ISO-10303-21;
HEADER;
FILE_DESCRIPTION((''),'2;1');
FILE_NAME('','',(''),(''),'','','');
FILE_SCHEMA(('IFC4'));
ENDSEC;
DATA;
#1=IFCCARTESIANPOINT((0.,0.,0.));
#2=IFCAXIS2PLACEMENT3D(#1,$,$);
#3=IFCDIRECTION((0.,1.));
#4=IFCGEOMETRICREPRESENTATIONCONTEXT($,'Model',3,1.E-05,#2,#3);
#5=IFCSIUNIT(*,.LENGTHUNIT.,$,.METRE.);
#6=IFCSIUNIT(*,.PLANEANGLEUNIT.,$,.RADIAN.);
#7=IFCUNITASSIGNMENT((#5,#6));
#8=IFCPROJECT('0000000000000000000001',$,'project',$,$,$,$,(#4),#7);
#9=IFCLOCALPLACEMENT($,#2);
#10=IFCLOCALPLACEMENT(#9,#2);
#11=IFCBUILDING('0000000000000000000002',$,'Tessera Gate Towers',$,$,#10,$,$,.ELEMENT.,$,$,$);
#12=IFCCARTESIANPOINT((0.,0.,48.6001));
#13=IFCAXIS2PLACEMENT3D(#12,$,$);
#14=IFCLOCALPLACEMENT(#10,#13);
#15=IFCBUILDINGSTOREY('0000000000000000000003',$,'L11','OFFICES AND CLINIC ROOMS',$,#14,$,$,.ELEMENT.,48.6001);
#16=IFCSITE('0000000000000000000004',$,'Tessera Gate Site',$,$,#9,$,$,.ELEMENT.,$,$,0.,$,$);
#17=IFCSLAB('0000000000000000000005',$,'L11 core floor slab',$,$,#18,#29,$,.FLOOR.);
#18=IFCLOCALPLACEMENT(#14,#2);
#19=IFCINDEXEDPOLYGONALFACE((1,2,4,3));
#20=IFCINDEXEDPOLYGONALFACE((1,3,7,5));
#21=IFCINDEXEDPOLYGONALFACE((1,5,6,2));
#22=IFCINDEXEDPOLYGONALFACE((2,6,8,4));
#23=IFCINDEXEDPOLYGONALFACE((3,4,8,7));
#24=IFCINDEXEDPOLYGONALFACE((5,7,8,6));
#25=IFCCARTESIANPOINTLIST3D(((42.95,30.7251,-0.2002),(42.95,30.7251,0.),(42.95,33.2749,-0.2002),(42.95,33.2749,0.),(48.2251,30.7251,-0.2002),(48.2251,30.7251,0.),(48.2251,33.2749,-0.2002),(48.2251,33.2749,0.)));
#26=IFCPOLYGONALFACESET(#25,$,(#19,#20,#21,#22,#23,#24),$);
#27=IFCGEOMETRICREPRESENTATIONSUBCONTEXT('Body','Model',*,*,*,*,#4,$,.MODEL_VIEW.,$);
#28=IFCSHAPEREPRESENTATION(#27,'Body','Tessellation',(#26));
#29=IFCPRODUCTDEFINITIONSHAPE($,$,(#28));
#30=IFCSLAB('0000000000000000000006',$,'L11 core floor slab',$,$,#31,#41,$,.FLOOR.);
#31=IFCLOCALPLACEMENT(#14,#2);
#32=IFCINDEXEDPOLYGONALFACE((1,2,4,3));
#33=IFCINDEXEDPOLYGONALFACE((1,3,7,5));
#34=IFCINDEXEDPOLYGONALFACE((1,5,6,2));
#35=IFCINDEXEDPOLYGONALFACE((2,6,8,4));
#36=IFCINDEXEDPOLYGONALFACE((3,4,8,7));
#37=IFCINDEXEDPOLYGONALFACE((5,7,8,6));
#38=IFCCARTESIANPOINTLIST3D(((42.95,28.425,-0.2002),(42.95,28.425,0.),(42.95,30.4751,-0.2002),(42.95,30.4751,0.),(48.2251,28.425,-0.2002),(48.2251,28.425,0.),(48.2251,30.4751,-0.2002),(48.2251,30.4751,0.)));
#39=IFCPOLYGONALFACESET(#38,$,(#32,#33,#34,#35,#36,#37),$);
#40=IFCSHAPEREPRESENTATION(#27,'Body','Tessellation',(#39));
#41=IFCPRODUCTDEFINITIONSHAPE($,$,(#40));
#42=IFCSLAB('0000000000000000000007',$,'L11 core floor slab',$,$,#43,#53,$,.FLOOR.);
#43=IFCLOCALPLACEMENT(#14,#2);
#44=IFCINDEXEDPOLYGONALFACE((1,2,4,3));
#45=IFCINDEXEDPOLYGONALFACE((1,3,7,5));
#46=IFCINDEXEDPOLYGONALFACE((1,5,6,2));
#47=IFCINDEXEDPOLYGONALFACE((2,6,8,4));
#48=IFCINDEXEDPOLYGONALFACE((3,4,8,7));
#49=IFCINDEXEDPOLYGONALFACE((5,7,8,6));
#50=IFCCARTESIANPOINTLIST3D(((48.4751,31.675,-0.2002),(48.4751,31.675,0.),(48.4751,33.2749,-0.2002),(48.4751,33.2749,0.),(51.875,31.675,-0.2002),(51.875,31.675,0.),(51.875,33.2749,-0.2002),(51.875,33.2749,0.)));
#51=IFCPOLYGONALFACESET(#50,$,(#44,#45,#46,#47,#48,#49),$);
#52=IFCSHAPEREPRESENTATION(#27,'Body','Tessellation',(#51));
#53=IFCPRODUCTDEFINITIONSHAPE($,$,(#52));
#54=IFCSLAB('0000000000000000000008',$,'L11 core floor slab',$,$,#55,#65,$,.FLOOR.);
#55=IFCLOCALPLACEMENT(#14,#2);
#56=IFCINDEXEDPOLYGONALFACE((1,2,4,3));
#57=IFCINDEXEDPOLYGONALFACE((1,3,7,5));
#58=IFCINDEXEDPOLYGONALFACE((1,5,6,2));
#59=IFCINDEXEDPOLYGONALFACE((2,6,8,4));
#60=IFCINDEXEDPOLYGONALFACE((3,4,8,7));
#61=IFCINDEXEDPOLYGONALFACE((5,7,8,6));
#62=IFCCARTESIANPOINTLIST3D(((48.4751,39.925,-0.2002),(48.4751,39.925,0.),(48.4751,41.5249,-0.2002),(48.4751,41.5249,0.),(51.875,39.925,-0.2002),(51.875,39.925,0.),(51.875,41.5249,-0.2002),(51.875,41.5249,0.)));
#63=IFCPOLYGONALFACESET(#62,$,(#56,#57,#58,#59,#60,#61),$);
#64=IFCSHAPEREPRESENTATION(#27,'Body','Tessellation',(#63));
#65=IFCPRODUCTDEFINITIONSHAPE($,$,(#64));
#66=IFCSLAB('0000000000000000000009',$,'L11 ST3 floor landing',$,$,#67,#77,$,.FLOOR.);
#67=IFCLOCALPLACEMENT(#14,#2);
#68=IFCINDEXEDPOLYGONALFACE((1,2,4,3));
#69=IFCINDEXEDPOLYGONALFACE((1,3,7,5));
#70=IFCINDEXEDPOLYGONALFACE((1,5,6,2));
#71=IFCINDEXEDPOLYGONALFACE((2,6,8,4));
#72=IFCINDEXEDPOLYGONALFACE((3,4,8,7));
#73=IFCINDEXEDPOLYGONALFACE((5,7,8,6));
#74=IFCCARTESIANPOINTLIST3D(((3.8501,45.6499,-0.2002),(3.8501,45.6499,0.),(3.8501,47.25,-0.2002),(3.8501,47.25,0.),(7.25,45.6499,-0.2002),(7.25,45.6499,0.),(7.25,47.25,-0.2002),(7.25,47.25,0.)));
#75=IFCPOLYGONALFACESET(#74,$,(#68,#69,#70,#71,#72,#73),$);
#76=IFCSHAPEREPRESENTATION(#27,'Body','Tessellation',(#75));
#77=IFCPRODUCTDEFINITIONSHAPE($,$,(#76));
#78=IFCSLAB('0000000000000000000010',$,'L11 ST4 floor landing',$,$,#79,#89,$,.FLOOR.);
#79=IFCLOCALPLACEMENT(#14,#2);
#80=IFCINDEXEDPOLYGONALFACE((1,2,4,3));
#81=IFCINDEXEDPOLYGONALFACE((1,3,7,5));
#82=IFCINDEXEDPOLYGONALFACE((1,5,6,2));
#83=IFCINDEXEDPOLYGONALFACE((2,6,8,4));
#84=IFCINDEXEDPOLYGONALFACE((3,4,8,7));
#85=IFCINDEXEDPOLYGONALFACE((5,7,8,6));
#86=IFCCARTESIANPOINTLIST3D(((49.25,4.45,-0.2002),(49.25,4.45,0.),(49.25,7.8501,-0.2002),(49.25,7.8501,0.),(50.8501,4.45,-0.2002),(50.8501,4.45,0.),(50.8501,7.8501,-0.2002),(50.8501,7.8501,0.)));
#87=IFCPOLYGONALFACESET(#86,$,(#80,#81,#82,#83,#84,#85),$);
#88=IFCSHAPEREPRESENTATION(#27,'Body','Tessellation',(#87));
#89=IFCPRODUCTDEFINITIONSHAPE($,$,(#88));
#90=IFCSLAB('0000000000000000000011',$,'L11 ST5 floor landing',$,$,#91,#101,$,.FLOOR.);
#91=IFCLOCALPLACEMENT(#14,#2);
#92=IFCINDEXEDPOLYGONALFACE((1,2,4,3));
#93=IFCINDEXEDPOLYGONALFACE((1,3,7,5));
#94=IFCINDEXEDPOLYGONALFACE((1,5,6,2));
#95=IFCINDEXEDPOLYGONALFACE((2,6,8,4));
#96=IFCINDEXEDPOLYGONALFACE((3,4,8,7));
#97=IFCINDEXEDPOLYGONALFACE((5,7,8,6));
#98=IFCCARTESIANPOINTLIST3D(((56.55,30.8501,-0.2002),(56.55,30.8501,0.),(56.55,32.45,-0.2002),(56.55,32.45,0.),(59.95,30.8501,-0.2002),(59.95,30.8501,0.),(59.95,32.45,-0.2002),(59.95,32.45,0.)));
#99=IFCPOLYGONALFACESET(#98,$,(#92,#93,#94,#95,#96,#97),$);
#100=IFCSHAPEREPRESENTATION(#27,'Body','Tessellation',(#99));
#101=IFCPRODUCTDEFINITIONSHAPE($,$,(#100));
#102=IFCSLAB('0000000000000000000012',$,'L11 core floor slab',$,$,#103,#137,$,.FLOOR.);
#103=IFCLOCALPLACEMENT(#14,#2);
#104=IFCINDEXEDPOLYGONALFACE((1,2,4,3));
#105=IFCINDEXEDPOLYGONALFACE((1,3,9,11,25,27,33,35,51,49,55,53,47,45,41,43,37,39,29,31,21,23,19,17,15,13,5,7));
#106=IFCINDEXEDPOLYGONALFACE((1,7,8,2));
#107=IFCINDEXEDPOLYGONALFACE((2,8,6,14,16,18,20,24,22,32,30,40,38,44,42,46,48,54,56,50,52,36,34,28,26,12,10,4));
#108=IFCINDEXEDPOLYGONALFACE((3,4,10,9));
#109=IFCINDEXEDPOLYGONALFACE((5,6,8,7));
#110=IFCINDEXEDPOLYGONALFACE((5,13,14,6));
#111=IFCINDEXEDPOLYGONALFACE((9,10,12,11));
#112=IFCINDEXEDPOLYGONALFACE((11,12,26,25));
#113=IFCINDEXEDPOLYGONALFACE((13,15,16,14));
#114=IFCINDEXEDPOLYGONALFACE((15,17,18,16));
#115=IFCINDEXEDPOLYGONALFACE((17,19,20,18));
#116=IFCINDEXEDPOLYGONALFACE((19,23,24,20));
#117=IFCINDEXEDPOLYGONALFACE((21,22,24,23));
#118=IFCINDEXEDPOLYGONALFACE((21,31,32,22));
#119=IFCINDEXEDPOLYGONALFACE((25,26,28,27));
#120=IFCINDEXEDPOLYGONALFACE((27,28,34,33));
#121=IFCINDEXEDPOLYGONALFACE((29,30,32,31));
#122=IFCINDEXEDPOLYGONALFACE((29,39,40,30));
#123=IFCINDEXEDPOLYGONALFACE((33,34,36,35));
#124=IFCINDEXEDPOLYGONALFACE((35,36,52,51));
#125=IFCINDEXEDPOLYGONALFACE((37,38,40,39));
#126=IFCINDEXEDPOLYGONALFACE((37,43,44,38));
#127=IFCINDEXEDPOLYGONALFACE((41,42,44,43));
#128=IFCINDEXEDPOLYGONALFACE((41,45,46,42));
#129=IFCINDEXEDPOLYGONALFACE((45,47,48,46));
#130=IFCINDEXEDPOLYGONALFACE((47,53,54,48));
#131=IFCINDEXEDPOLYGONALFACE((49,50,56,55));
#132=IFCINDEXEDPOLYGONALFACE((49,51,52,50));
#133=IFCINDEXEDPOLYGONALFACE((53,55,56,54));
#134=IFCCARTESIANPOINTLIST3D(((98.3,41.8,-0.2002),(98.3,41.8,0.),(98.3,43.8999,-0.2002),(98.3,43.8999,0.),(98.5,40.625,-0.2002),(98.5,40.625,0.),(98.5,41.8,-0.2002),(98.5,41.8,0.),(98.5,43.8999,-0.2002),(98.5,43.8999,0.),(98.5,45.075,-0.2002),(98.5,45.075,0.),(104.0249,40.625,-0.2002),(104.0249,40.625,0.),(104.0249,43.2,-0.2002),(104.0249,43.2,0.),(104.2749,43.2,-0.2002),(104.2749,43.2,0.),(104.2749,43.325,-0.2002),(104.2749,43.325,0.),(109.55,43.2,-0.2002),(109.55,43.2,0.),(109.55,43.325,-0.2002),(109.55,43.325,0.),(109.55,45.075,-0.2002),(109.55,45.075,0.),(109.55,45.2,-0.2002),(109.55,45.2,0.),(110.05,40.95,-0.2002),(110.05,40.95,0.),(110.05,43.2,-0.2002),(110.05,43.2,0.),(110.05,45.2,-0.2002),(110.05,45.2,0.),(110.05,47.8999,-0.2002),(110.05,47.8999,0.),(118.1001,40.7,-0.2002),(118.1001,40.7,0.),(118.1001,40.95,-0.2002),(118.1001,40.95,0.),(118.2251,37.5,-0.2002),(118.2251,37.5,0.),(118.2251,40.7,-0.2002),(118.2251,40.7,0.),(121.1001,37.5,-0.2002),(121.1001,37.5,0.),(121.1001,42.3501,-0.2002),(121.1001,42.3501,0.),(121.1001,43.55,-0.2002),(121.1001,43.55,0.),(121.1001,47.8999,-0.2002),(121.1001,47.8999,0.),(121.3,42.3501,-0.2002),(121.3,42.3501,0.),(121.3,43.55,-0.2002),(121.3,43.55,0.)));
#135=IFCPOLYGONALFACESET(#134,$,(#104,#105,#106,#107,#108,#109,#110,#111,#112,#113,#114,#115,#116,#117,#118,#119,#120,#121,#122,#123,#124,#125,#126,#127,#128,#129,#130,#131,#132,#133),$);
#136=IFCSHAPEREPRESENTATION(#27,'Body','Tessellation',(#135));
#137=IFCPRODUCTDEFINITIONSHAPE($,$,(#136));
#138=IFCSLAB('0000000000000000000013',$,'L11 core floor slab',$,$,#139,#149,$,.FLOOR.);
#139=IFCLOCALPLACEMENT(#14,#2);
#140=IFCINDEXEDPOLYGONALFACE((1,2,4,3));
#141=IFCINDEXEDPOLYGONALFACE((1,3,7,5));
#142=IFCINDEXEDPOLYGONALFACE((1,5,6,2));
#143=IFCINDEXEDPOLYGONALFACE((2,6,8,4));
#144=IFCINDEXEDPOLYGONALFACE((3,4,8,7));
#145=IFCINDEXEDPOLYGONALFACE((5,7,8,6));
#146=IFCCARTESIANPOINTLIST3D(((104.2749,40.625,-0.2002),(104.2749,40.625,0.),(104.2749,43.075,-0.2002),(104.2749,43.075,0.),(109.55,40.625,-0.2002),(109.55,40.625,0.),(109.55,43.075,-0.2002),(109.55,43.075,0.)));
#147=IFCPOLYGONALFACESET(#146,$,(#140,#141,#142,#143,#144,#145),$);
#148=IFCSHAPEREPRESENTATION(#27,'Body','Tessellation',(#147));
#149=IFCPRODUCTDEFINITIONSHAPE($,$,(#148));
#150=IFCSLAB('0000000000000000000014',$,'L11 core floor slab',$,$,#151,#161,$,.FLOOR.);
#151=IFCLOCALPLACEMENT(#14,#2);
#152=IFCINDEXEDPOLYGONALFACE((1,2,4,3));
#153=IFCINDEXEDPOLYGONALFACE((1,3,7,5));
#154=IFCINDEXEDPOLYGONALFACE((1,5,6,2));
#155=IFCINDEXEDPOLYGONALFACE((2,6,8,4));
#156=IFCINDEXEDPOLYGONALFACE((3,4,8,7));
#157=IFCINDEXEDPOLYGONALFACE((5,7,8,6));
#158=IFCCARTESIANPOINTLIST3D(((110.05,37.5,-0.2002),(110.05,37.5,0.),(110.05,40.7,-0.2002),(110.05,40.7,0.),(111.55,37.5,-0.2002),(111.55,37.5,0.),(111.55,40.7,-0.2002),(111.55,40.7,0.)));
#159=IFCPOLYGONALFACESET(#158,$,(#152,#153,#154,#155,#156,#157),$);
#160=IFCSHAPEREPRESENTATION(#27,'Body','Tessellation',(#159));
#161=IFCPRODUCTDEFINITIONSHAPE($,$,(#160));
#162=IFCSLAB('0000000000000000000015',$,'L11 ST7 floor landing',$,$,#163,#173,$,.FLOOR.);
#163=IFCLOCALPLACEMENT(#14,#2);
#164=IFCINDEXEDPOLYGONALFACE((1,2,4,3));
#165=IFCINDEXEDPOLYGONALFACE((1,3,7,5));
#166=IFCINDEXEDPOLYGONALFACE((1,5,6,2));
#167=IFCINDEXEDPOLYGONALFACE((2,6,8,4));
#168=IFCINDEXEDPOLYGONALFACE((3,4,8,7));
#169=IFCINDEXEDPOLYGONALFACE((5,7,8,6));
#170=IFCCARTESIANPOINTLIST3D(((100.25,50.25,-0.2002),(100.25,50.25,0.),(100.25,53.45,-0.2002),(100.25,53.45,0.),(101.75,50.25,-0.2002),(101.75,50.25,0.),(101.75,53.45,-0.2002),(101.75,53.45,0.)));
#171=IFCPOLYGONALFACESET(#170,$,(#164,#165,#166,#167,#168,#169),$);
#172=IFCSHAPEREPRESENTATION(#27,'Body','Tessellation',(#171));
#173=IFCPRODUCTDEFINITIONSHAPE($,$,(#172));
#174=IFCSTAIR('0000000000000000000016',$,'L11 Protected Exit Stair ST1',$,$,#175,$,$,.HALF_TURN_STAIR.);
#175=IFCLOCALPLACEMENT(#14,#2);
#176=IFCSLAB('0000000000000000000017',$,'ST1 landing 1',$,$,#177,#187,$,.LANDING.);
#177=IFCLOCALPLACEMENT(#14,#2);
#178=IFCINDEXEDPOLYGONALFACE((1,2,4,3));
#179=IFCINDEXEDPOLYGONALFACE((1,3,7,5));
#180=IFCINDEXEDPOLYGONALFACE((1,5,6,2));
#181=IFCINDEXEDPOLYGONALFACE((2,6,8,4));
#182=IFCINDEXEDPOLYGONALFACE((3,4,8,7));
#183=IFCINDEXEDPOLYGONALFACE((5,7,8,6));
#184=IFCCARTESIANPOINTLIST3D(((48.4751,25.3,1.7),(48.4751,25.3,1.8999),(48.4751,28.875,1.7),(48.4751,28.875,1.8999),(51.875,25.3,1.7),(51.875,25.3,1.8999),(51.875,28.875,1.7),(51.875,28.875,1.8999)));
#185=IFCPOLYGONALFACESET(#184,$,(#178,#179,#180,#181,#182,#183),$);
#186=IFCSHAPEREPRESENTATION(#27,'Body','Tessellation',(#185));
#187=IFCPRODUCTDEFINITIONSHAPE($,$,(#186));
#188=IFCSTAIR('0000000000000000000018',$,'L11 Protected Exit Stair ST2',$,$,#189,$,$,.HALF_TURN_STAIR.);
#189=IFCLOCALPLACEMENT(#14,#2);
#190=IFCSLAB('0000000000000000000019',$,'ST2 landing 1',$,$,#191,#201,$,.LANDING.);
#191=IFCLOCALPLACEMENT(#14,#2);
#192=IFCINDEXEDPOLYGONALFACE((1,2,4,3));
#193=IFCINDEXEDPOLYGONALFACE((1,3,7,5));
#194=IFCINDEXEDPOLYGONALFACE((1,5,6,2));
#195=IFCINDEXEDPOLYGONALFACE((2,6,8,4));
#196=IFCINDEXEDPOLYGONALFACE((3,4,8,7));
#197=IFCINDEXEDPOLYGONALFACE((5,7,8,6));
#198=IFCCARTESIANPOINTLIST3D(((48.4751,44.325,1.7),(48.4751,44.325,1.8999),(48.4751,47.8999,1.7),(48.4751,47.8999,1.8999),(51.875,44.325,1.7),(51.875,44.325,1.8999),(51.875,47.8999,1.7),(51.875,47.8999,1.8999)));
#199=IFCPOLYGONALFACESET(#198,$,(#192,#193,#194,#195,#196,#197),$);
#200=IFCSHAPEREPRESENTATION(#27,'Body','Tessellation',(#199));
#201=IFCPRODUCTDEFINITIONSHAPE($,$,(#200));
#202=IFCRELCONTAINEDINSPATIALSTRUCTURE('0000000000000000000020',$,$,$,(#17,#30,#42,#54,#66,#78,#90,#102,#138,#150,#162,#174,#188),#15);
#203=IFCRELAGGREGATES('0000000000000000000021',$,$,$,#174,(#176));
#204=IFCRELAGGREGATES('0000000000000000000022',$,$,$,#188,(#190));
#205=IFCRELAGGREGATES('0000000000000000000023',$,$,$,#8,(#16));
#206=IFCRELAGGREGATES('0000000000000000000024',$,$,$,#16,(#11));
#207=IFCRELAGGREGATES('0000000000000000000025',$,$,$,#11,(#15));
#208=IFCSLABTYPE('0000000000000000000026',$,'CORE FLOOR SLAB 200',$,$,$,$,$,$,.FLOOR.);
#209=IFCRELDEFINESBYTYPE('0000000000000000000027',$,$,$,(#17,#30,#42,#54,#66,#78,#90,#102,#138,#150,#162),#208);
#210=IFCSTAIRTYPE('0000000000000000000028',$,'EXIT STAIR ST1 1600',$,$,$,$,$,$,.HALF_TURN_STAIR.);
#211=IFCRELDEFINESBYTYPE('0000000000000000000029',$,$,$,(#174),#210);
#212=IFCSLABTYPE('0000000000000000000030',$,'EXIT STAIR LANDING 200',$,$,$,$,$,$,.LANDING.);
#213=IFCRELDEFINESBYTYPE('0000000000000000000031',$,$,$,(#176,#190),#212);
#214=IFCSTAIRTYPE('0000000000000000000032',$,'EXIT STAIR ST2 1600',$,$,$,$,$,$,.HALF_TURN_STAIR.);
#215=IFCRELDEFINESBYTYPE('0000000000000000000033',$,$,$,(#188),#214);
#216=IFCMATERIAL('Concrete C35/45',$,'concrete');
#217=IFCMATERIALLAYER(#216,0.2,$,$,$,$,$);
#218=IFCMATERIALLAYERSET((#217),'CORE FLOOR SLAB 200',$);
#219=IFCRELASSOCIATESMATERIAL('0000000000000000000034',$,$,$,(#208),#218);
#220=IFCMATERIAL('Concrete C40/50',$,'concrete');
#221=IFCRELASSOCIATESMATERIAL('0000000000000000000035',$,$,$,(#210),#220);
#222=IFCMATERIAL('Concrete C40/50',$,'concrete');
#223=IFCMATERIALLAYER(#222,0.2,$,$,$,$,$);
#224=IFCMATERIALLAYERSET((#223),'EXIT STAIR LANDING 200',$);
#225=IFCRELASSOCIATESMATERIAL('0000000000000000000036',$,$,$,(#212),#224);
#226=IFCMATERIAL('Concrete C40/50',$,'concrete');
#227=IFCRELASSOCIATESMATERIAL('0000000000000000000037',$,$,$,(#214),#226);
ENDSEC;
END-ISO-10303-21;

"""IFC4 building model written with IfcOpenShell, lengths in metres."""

from ifc_helpers import new_model, si_unit, direction, frame, origin, place, context, subcontext, project, spatial, polyline, outline, extrude, material, layer, layer_set, type_object, element, aggregate, save


model = new_model("IFC4")

# Units and contexts
model_context = context("Model", 3, precision=1e-05, world=origin(), true_north=direction((0.0, 1.0)))
body_context = subcontext(model_context, "Body", "Model", "MODEL_VIEW")
ifc_project = project(units=[si_unit("LENGTHUNIT", "METRE"), si_unit("PLANEANGLEUNIT", "RADIAN")], contexts=[model_context])

# Site, building, storey
site_placement = place(None, origin())
site = spatial("IfcSite", under=ifc_project, at=site_placement, Name="Tessera Gate Site", CompositionType="ELEMENT", RefElevation=0.0)
building_placement = place(site_placement, origin())
building = spatial("IfcBuilding", under=site, at=building_placement, Name="Tessera Gate Towers", CompositionType="ELEMENT")
storey_placement = place(building_placement, frame((0.0, 0.0, 48.6001)))
storey = spatial("IfcBuildingStorey", under=building, at=storey_placement, Name="L11", Description="OFFICES AND CLINIC ROOMS", CompositionType="ELEMENT", Elevation=48.6001)

# Slabs
ifc_material_1 = material(Name="Concrete C35/45", Category="concrete")
ifc_layer_1 = layer(ifc_material_1, 0.2)
ifc_layer_set_1 = layer_set([ifc_layer_1], Name="CORE FLOOR SLAB 200")
slab_type_1 = type_object("IfcSlabType", Name="CORE FLOOR SLAB 200", PredefinedType="FLOOR", material=ifc_layer_set_1)
slab_1_placement = place(storey_placement, frame((0.0, 0.0, -0.2002)))
element("IfcSlab", 1, at=slab_1_placement, inside=storey, type_object=slab_type_1, Name="L11 core floor slab", PredefinedType="FLOOR", context=body_context, shape_type="SweptSolid", body=[
    extrude(outline(polyline([(42.95, 33.2749), (42.95, 30.7251), (48.2251, 30.7251), (48.2251, 33.2749), (42.95, 33.2749)])), origin(), (0.0, 0.0, 1.0), 0.2002),
])
slab_2_placement = place(storey_placement, frame((0.0, 0.0, -0.2002)))
element("IfcSlab", 2, at=slab_2_placement, inside=storey, type_object=slab_type_1, Name="L11 core floor slab", PredefinedType="FLOOR", context=body_context, shape_type="SweptSolid", body=[
    extrude(outline(polyline([(42.95, 30.4751), (42.95, 28.425), (48.2251, 28.425), (48.2251, 30.4751), (42.95, 30.4751)])), origin(), (0.0, 0.0, 1.0), 0.2002),
])
slab_3_placement = place(storey_placement, frame((0.0, 0.0, -0.2002)))
element("IfcSlab", 3, at=slab_3_placement, inside=storey, type_object=slab_type_1, Name="L11 core floor slab", PredefinedType="FLOOR", context=body_context, shape_type="SweptSolid", body=[
    extrude(outline(polyline([(51.875, 31.675), (51.875, 33.2749), (48.4751, 33.2749), (48.4751, 31.675), (51.875, 31.675)])), origin(), (0.0, 0.0, 1.0), 0.2002),
])
slab_4_placement = place(storey_placement, frame((0.0, 0.0, -0.2002)))
element("IfcSlab", 4, at=slab_4_placement, inside=storey, type_object=slab_type_1, Name="L11 core floor slab", PredefinedType="FLOOR", context=body_context, shape_type="SweptSolid", body=[
    extrude(outline(polyline([(48.4751, 41.5249), (48.4751, 39.925), (51.875, 39.925), (51.875, 41.5249), (48.4751, 41.5249)])), origin(), (0.0, 0.0, 1.0), 0.2002),
])
slab_5_placement = place(storey_placement, frame((0.0, 0.0, -0.2002)))
element("IfcSlab", 5, at=slab_5_placement, inside=storey, type_object=slab_type_1, Name="L11 ST3 floor landing", PredefinedType="FLOOR", context=body_context, shape_type="SweptSolid", body=[
    extrude(outline(polyline([(3.8501, 47.25), (3.8501, 45.6499), (7.25, 45.6499), (7.25, 47.25), (3.8501, 47.25)])), origin(), (0.0, 0.0, 1.0), 0.2002),
])
slab_6_placement = place(storey_placement, frame((0.0, 0.0, -0.2002)))
element("IfcSlab", 6, at=slab_6_placement, inside=storey, type_object=slab_type_1, Name="L11 ST4 floor landing", PredefinedType="FLOOR", context=body_context, shape_type="SweptSolid", body=[
    extrude(outline(polyline([(49.25, 4.45), (50.8501, 4.45), (50.8501, 7.8501), (49.25, 7.8501), (49.25, 4.45)])), origin(), (0.0, 0.0, 1.0), 0.2002),
])
slab_7_placement = place(storey_placement, frame((0.0, 0.0, -0.2002)))
element("IfcSlab", 7, at=slab_7_placement, inside=storey, type_object=slab_type_1, Name="L11 ST5 floor landing", PredefinedType="FLOOR", context=body_context, shape_type="SweptSolid", body=[
    extrude(outline(polyline([(59.95, 30.8501), (59.95, 32.45), (56.55, 32.45), (56.55, 30.8501), (59.95, 30.8501)])), origin(), (0.0, 0.0, 1.0), 0.2002),
])
slab_8_placement = place(storey_placement, frame((0.0, 0.0, -0.2002)))
element("IfcSlab", 8, at=slab_8_placement, inside=storey, type_object=slab_type_1, Name="L11 core floor slab", PredefinedType="FLOOR", context=body_context, shape_type="SweptSolid", body=[
    extrude(outline(polyline([(109.55, 45.2), (109.55, 45.075), (98.5, 45.075), (98.5, 43.8999), (98.3, 43.8999), (98.3, 41.8), (98.5, 41.8), (98.5, 40.625), (104.0249, 40.625), (104.0249, 43.2), (104.2749, 43.2), (104.2749, 43.325), (109.55, 43.325), (109.55, 43.2), (110.05, 43.2), (110.05, 40.95), (118.1001, 40.95), (118.1001, 40.7), (118.2251, 40.7), (118.2251, 37.5), (121.1001, 37.5), (121.1001, 42.3501), (121.3, 42.3501), (121.3, 43.55), (121.1001, 43.55), (121.1001, 47.8999), (110.05, 47.8999), (110.05, 45.2), (109.55, 45.2)])), origin(), (0.0, 0.0, 1.0), 0.2002),
])
slab_9_placement = place(storey_placement, frame((0.0, 0.0, -0.2002)))
element("IfcSlab", 9, at=slab_9_placement, inside=storey, type_object=slab_type_1, Name="L11 core floor slab", PredefinedType="FLOOR", context=body_context, shape_type="SweptSolid", body=[
    extrude(outline(polyline([(109.55, 43.075), (104.2749, 43.075), (104.2749, 40.625), (109.55, 40.625), (109.55, 43.075)])), origin(), (0.0, 0.0, 1.0), 0.2002),
])
slab_10_placement = place(storey_placement, frame((0.0, 0.0, -0.2002)))
element("IfcSlab", 10, at=slab_10_placement, inside=storey, type_object=slab_type_1, Name="L11 core floor slab", PredefinedType="FLOOR", context=body_context, shape_type="SweptSolid", body=[
    extrude(outline(polyline([(111.55, 37.5), (111.55, 40.7), (110.05, 40.7), (110.05, 37.5), (111.55, 37.5)])), origin(), (0.0, 0.0, 1.0), 0.2002),
])
slab_11_placement = place(storey_placement, frame((0.0, 0.0, -0.2002)))
element("IfcSlab", 11, at=slab_11_placement, inside=storey, type_object=slab_type_1, Name="L11 ST7 floor landing", PredefinedType="FLOOR", context=body_context, shape_type="SweptSolid", body=[
    extrude(outline(polyline([(100.25, 50.25), (101.75, 50.25), (101.75, 53.45), (100.25, 53.45), (100.25, 50.25)])), origin(), (0.0, 0.0, 1.0), 0.2002),
])

# Stairs, slabs
ifc_material_2 = material(Name="Concrete C40/50", Category="concrete")
stair_type_1 = type_object("IfcStairType", Name="EXIT STAIR ST1 1600", PredefinedType="HALF_TURN_STAIR", material=ifc_material_2)
stair_1_placement = place(storey_placement, origin())
stair_1 = element("IfcStair", 12, at=stair_1_placement, inside=storey, type_object=stair_type_1, Name="L11 Protected Exit Stair ST1", PredefinedType="HALF_TURN_STAIR")
ifc_material_3 = material(Name="Concrete C40/50", Category="concrete")
ifc_layer_2 = layer(ifc_material_3, 0.2)
ifc_layer_set_2 = layer_set([ifc_layer_2], Name="EXIT STAIR LANDING 200")
slab_type_2 = type_object("IfcSlabType", Name="EXIT STAIR LANDING 200", PredefinedType="LANDING", material=ifc_layer_set_2)
slab_12_placement = place(storey_placement, frame((0.0, 0.0, 1.7)))
slab_12 = element("IfcSlab", 13, at=slab_12_placement, type_object=slab_type_2, Name="ST1 landing 1", PredefinedType="LANDING", context=body_context, shape_type="SweptSolid", body=[
    extrude(outline(polyline([(48.4751, 28.875), (48.4751, 25.3), (51.875, 25.3), (51.875, 28.875), (48.4751, 28.875)])), origin(), (0.0, 0.0, 1.0), 0.2),
])
aggregate(stair_1, [slab_12])
ifc_material_4 = material(Name="Concrete C40/50", Category="concrete")
stair_type_2 = type_object("IfcStairType", Name="EXIT STAIR ST2 1600", PredefinedType="HALF_TURN_STAIR", material=ifc_material_4)
stair_2_placement = place(storey_placement, origin())
stair_2 = element("IfcStair", 14, at=stair_2_placement, inside=storey, type_object=stair_type_2, Name="L11 Protected Exit Stair ST2", PredefinedType="HALF_TURN_STAIR")
slab_13_placement = place(storey_placement, frame((0.0, 0.0, 1.7)))
slab_13 = element("IfcSlab", 15, at=slab_13_placement, type_object=slab_type_2, Name="ST2 landing 1", PredefinedType="LANDING", context=body_context, shape_type="SweptSolid", body=[
    extrude(outline(polyline([(51.875, 44.325), (51.875, 47.8999), (48.4751, 47.8999), (48.4751, 44.325), (51.875, 44.325)])), origin(), (0.0, 0.0, 1.0), 0.2),
])
aggregate(stair_2, [slab_13])

save(model, "model.ifc")
